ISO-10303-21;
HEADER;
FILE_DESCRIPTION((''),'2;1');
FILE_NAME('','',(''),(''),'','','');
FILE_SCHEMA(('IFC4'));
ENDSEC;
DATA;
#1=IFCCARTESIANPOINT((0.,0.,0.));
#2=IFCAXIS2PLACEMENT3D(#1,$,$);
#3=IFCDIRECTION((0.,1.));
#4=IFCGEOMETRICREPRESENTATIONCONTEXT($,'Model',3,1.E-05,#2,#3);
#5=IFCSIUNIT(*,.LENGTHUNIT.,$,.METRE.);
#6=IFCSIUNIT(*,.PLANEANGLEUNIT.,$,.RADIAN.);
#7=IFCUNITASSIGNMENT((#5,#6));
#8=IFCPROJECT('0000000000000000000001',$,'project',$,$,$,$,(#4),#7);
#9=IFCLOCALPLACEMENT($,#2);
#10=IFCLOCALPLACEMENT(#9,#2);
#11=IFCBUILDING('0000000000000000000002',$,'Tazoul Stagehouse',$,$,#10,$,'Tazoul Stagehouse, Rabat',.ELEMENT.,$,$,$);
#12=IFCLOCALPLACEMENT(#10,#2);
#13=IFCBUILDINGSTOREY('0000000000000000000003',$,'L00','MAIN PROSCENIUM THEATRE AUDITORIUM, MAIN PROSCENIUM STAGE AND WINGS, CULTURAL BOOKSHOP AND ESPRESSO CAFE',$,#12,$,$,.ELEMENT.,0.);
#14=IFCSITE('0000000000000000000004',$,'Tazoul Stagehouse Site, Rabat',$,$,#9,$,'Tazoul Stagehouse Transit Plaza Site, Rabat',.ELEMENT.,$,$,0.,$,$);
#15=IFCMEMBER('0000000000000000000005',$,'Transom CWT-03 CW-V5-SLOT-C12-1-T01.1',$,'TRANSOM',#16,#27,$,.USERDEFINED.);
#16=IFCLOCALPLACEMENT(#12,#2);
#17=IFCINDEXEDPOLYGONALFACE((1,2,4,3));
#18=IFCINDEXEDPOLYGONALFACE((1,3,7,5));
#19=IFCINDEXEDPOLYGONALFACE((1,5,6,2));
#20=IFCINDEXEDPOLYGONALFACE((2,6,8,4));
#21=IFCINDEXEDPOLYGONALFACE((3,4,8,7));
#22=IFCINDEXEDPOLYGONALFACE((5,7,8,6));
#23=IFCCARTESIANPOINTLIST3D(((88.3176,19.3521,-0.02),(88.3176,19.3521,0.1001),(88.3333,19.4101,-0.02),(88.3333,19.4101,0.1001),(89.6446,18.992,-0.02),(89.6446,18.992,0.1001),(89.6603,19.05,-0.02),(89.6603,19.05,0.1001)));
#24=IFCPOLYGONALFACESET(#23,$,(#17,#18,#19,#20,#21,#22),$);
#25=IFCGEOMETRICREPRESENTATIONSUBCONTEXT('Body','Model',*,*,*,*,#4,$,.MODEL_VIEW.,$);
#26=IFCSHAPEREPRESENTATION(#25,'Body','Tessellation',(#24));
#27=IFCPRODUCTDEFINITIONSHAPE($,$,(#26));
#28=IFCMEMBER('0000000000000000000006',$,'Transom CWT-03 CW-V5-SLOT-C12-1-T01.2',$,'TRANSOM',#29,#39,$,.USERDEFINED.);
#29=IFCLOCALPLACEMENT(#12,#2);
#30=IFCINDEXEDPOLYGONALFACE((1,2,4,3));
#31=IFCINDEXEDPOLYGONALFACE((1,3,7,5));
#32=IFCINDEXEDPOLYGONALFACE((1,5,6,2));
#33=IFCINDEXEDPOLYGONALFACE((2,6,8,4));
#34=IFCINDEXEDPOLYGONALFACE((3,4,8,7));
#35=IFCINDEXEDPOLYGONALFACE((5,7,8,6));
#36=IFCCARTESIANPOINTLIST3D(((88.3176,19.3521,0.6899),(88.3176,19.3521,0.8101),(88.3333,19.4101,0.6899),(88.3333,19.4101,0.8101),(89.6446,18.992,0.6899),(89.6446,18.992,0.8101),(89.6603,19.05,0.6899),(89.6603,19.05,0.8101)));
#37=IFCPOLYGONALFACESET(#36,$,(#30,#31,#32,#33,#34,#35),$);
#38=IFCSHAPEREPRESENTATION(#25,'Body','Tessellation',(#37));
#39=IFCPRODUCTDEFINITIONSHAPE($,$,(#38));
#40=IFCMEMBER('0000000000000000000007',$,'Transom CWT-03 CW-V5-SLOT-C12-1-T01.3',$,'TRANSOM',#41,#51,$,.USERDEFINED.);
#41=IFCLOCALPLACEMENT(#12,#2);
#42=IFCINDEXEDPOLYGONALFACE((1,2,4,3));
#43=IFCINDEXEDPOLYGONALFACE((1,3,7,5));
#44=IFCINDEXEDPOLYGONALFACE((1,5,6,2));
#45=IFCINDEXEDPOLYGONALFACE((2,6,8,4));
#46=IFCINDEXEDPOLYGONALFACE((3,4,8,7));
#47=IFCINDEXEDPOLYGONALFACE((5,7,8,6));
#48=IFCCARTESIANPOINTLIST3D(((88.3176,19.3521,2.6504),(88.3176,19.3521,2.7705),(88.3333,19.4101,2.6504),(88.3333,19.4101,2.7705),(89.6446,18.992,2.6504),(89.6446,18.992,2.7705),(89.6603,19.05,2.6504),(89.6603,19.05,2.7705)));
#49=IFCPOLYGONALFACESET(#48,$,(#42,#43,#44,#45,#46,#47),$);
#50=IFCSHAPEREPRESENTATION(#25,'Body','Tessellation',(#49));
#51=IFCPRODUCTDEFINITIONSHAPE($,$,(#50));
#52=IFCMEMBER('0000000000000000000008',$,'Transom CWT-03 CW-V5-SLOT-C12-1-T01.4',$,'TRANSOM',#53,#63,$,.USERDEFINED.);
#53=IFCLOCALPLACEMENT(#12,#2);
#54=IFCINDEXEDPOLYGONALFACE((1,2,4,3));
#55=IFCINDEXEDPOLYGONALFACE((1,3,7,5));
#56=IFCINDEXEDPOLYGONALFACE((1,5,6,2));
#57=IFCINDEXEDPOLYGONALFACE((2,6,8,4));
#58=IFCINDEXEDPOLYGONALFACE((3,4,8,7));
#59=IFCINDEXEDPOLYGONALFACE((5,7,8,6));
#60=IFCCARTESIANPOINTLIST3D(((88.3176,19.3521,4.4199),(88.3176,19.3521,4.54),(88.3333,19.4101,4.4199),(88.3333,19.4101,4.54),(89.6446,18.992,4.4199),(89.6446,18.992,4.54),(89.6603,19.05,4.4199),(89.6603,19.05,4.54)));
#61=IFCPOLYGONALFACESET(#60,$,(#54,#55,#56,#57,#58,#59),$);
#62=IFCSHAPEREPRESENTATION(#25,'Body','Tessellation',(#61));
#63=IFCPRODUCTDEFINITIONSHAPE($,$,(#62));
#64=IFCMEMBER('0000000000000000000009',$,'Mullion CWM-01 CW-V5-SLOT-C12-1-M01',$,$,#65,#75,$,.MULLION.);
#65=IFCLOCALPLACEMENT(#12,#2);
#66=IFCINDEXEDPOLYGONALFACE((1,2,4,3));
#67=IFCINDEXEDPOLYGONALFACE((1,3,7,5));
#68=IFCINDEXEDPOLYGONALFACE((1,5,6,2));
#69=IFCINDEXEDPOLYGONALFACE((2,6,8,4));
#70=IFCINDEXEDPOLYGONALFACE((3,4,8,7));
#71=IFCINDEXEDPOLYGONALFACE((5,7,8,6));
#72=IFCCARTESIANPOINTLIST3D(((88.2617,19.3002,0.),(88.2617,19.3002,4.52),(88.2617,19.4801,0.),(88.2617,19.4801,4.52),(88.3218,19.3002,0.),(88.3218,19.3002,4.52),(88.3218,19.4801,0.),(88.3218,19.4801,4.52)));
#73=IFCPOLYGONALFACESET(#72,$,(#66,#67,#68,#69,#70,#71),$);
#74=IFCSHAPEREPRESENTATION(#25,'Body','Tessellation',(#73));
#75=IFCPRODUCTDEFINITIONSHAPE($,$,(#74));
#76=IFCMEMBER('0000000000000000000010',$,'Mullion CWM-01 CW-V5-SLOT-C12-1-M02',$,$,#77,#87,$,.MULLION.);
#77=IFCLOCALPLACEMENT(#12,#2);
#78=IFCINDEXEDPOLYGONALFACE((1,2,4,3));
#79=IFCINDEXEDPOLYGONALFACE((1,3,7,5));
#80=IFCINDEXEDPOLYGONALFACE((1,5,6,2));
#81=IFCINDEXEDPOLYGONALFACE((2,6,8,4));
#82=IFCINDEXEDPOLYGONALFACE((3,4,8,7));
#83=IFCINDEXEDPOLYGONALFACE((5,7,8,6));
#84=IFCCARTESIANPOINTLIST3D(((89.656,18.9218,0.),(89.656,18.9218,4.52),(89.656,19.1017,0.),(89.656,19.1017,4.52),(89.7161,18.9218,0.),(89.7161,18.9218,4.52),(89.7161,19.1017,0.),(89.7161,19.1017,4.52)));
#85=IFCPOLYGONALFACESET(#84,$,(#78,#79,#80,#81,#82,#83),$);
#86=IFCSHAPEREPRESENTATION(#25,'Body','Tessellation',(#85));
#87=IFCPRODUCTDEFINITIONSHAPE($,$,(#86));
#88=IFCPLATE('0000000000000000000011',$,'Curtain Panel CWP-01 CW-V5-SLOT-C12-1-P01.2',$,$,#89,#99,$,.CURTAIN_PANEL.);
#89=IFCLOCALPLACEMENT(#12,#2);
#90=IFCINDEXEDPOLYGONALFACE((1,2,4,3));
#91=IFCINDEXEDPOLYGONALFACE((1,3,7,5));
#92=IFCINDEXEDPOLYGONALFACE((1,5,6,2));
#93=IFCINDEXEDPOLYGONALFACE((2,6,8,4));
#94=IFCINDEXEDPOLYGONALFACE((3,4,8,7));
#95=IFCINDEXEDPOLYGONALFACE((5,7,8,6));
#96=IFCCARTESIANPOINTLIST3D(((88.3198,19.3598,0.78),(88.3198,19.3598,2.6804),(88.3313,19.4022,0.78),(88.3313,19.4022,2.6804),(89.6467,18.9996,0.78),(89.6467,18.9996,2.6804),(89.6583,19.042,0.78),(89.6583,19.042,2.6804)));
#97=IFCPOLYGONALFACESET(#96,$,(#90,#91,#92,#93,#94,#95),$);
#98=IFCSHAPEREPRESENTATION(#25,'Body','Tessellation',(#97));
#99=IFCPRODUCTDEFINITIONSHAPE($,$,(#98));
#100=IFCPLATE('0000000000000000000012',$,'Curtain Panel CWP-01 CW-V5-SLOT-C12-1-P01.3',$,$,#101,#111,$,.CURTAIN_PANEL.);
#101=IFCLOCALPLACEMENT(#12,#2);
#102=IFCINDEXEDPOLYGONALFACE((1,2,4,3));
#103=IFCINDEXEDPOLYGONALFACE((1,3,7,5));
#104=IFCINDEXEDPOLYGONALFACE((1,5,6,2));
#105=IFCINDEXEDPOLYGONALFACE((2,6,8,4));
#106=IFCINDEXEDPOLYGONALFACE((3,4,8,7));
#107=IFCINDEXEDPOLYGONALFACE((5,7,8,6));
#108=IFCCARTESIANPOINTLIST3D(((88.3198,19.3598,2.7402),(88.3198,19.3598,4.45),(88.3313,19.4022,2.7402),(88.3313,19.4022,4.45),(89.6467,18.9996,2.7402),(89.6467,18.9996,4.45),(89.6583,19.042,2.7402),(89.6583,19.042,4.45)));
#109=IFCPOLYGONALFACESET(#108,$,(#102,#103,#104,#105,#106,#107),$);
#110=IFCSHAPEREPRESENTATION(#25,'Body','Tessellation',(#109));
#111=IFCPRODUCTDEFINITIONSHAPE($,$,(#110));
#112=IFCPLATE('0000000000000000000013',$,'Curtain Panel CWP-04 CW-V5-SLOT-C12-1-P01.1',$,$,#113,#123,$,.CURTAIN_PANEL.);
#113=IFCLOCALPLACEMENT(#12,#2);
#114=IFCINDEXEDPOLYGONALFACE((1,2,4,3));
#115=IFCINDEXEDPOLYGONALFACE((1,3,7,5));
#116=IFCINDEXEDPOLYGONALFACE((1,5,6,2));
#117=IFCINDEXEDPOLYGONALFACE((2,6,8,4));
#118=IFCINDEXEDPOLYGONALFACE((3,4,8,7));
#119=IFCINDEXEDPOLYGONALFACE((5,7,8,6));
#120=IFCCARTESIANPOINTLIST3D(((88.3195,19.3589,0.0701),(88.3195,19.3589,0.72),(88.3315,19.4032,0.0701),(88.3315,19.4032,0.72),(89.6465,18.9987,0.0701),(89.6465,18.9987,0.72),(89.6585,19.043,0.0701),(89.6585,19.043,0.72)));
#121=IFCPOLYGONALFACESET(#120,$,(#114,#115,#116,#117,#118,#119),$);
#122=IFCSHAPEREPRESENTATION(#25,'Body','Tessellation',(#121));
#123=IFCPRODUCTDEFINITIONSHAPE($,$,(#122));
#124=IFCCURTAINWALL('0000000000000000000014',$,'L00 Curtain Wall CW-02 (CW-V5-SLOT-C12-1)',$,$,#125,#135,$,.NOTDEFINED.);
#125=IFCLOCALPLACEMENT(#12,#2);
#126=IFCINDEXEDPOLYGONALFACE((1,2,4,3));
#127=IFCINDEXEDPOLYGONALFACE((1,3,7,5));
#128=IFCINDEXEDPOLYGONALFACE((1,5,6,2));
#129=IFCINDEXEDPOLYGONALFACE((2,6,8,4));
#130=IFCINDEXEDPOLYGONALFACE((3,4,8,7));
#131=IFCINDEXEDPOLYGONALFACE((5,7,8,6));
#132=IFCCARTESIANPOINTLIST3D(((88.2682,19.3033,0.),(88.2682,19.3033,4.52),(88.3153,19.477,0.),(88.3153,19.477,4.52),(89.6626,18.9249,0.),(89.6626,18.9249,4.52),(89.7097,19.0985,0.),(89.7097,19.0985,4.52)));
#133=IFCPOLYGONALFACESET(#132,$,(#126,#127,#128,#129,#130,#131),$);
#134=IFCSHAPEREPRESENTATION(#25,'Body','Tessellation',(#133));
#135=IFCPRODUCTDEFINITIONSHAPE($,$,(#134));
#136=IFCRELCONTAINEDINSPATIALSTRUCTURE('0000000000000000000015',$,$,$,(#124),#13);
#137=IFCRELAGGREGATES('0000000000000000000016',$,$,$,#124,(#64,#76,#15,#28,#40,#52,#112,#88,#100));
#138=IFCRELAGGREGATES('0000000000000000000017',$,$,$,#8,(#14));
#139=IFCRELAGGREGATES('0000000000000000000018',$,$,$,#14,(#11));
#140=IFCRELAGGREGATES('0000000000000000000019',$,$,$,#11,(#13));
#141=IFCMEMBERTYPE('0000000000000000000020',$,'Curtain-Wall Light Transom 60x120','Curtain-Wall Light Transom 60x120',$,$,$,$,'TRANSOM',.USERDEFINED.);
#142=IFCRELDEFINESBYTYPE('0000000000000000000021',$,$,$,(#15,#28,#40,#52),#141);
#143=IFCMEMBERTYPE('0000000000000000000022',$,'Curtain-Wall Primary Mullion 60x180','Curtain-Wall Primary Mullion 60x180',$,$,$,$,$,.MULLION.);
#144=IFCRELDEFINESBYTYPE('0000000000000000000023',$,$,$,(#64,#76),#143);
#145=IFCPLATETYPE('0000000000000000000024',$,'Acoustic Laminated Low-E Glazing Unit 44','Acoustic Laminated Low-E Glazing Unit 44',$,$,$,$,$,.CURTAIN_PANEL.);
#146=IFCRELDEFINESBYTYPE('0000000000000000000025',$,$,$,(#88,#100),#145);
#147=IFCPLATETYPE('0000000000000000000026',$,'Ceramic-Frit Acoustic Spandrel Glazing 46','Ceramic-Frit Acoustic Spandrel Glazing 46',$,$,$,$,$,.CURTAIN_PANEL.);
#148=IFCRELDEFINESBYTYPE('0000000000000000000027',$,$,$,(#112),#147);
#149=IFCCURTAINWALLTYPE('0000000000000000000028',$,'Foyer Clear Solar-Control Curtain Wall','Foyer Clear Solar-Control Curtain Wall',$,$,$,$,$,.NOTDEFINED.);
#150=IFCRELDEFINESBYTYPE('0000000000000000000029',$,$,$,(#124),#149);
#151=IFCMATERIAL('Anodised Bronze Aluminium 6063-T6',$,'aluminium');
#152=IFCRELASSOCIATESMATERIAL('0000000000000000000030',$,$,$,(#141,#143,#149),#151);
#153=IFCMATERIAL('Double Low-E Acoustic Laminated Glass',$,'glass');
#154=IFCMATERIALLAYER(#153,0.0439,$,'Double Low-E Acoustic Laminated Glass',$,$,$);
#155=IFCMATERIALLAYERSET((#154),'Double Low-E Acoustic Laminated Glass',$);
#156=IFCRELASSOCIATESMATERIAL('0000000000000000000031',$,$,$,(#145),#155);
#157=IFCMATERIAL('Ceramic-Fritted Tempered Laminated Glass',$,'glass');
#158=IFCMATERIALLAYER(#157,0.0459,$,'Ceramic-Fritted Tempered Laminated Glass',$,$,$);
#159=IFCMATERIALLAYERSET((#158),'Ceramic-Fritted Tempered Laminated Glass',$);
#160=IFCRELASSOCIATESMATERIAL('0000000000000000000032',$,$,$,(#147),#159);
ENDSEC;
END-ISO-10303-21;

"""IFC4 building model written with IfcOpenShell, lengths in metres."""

from ifc_helpers import new_model, si_unit, direction, frame, frame_2d, origin, origin_2d, place, context, subcontext, project, spatial, rectangle, extrude, material, layer, layer_set, material_profile, profile_set, type_object, element, aggregate, save


model = new_model("IFC4")

# Units and contexts
model_context = context("Model", 3, precision=1e-05, world=origin(), true_north=direction((0.0, 1.0)))
body_context = subcontext(model_context, "Body", "Model", "MODEL_VIEW")
ifc_project = project(units=[si_unit("LENGTHUNIT", "METRE"), si_unit("PLANEANGLEUNIT", "RADIAN")], contexts=[model_context])

# Site, building, storey
site_placement = place(None, origin())
site = spatial("IfcSite", under=ifc_project, at=site_placement, Name="Tazoul Stagehouse Site, Rabat", LongName="Tazoul Stagehouse Transit Plaza Site, Rabat", CompositionType="ELEMENT", RefElevation=0.0)
building_placement = place(site_placement, origin())
building = spatial("IfcBuilding", under=site, at=building_placement, Name="Tazoul Stagehouse", LongName="Tazoul Stagehouse, Rabat", CompositionType="ELEMENT")
storey_placement = place(building_placement, origin())
storey = spatial("IfcBuildingStorey", under=building, at=storey_placement, Name="L00", Description="MAIN PROSCENIUM THEATRE AUDITORIUM, MAIN PROSCENIUM STAGE AND WINGS, CULTURAL BOOKSHOP AND ESPRESSO CAFE", CompositionType="ELEMENT", Elevation=0.0)

# Members
ifc_material_1 = material(Name="Anodised Bronze Aluminium 6063-T6", Category="aluminium")
ifc_material_profile_1 = material_profile(ifc_material_1, rectangle(XDim=0.0601, YDim=0.1201, at=origin_2d()), Name="ALU TRANSOM 60x120")
ifc_profile_set_1 = profile_set([ifc_material_profile_1], Name="Anodised Bronze Aluminium 6063-T6")
member_type_1 = type_object("IfcMemberType", Name="Curtain-Wall Light Transom 60x120", Description="Curtain-Wall Light Transom 60x120", ElementType="TRANSOM", PredefinedType="USERDEFINED", material=ifc_profile_set_1)
member_1_placement = place(storey_placement, frame((88.3254, 19.3811, 0.04), z_axis=(0.965091, -0.261915, 0.0), x_axis=(0.261915, 0.965091, 0.0)))
member_1 = element("IfcMember", 1, at=member_1_placement, type_object=member_type_1, Name="Transom CWT-03 CW-V5-SLOT-C12-1-T01.1", ObjectType="TRANSOM", PredefinedType="USERDEFINED", context=body_context, shape_type="SweptSolid", body=[
    extrude(rectangle(XDim=0.0601, YDim=0.1201, at=origin_2d()), origin(), (0.0, 0.0, 1.0), 1.375),
])
member_2_placement = place(storey_placement, frame((88.3254, 19.3811, 0.75), z_axis=(0.965091, -0.261915, 0.0), x_axis=(0.261915, 0.965091, 0.0)))
member_2 = element("IfcMember", 2, at=member_2_placement, type_object=member_type_1, Name="Transom CWT-03 CW-V5-SLOT-C12-1-T01.2", ObjectType="TRANSOM", PredefinedType="USERDEFINED", context=body_context, shape_type="SweptSolid", body=[
    extrude(rectangle(XDim=0.0601, YDim=0.1201, at=origin_2d()), origin(), (0.0, 0.0, 1.0), 1.375),
])
member_3_placement = place(storey_placement, frame((88.3254, 19.3811, 2.7104), z_axis=(0.965091, -0.261915, 0.0), x_axis=(0.261915, 0.965091, 0.0)))
member_3 = element("IfcMember", 3, at=member_3_placement, type_object=member_type_1, Name="Transom CWT-03 CW-V5-SLOT-C12-1-T01.3", ObjectType="TRANSOM", PredefinedType="USERDEFINED", context=body_context, shape_type="SweptSolid", body=[
    extrude(rectangle(XDim=0.0601, YDim=0.1201, at=origin_2d()), origin(), (0.0, 0.0, 1.0), 1.375),
])
member_4_placement = place(storey_placement, frame((88.3254, 19.3811, 4.48), z_axis=(0.965091, -0.261915, 0.0), x_axis=(0.261915, 0.965091, 0.0)))
member_4 = element("IfcMember", 4, at=member_4_placement, type_object=member_type_1, Name="Transom CWT-03 CW-V5-SLOT-C12-1-T01.4", ObjectType="TRANSOM", PredefinedType="USERDEFINED", context=body_context, shape_type="SweptSolid", body=[
    extrude(rectangle(XDim=0.0601, YDim=0.1201, at=origin_2d()), origin(), (0.0, 0.0, 1.0), 1.375),
])
ifc_material_profile_2 = material_profile(ifc_material_1, rectangle(XDim=0.0601, YDim=0.1799, at=origin_2d()), Name="ALU MULLION 60x180")
ifc_profile_set_2 = profile_set([ifc_material_profile_2], Name="Anodised Bronze Aluminium 6063-T6")
member_type_2 = type_object("IfcMemberType", Name="Curtain-Wall Primary Mullion 60x180", Description="Curtain-Wall Primary Mullion 60x180", PredefinedType="MULLION", material=ifc_profile_set_2)
member_5_placement = place(storey_placement, frame((88.2917, 19.3901, 0.0), z_axis=(0.0, 0.0, 1.0), x_axis=(1.0, 0.0, 0.0)))
member_5 = element("IfcMember", 5, at=member_5_placement, type_object=member_type_2, Name="Mullion CWM-01 CW-V5-SLOT-C12-1-M01", PredefinedType="MULLION", context=body_context, shape_type="SweptSolid", body=[
    extrude(rectangle(XDim=0.0601, YDim=0.1799, at=origin_2d()), origin(), (0.0, 0.0, 1.0), 4.52),
])
member_6_placement = place(storey_placement, frame((89.686, 19.0117, 0.0), z_axis=(0.0, 0.0, 1.0), x_axis=(1.0, 0.0, 0.0)))
member_6 = element("IfcMember", 6, at=member_6_placement, type_object=member_type_2, Name="Mullion CWM-01 CW-V5-SLOT-C12-1-M02", PredefinedType="MULLION", context=body_context, shape_type="SweptSolid", body=[
    extrude(rectangle(XDim=0.0601, YDim=0.1799, at=origin_2d()), origin(), (0.0, 0.0, 1.0), 4.52),
])

# Plates
ifc_material_2 = material(Name="Double Low-E Acoustic Laminated Glass", Category="glass")
ifc_layer_1 = layer(ifc_material_2, 0.0439, Name="Double Low-E Acoustic Laminated Glass")
ifc_layer_set_1 = layer_set([ifc_layer_1], Name="Double Low-E Acoustic Laminated Glass")
plate_type_1 = type_object("IfcPlateType", Name="Acoustic Laminated Low-E Glazing Unit 44", Description="Acoustic Laminated Low-E Glazing Unit 44", PredefinedType="CURTAIN_PANEL", material=ifc_layer_set_1)
plate_1_placement = place(storey_placement, frame((88.989, 19.2009, 0.78), z_axis=(0.0, 0.0, 1.0), x_axis=(0.965078, -0.261963, 0.0)))
plate_1 = element("IfcPlate", 7, at=plate_1_placement, type_object=plate_type_1, Name="Curtain Panel CWP-01 CW-V5-SLOT-C12-1-P01.2", PredefinedType="CURTAIN_PANEL", context=body_context, shape_type="SweptSolid", body=[
    extrude(rectangle(XDim=1.375, YDim=0.0439, at=origin_2d()), origin(), (0.0, 0.0, 1.0), 1.9004),
])
plate_2_placement = place(storey_placement, frame((88.989, 19.2009, 2.7402), z_axis=(0.0, 0.0, 1.0), x_axis=(0.965078, -0.261963, 0.0)))
plate_2 = element("IfcPlate", 8, at=plate_2_placement, type_object=plate_type_1, Name="Curtain Panel CWP-01 CW-V5-SLOT-C12-1-P01.3", PredefinedType="CURTAIN_PANEL", context=body_context, shape_type="SweptSolid", body=[
    extrude(rectangle(XDim=1.375, YDim=0.0439, at=origin_2d()), origin(), (0.0, 0.0, 1.0), 1.7097),
])
ifc_material_3 = material(Name="Ceramic-Fritted Tempered Laminated Glass", Category="glass")
ifc_layer_2 = layer(ifc_material_3, 0.0459, Name="Ceramic-Fritted Tempered Laminated Glass")
ifc_layer_set_2 = layer_set([ifc_layer_2], Name="Ceramic-Fritted Tempered Laminated Glass")
plate_type_2 = type_object("IfcPlateType", Name="Ceramic-Frit Acoustic Spandrel Glazing 46", Description="Ceramic-Frit Acoustic Spandrel Glazing 46", PredefinedType="CURTAIN_PANEL", material=ifc_layer_set_2)
plate_3_placement = place(storey_placement, frame((88.989, 19.2009, 0.0701), z_axis=(0.0, 0.0, 1.0), x_axis=(0.965078, -0.261963, 0.0)))
plate_3 = element("IfcPlate", 9, at=plate_3_placement, type_object=plate_type_2, Name="Curtain Panel CWP-04 CW-V5-SLOT-C12-1-P01.1", PredefinedType="CURTAIN_PANEL", context=body_context, shape_type="SweptSolid", body=[
    extrude(rectangle(XDim=1.375, YDim=0.0459, at=origin_2d()), origin(), (0.0, 0.0, 1.0), 0.6499),
])

# Curtain wall
curtain_wall_type = type_object("IfcCurtainWallType", Name="Foyer Clear Solar-Control Curtain Wall", Description="Foyer Clear Solar-Control Curtain Wall", PredefinedType="NOTDEFINED", material=ifc_material_1)
curtain_wall_1_placement = place(storey_placement, frame((88.2917, 19.3901, 0.0), z_axis=(0.0, 0.0, 1.0), x_axis=(0.965087, -0.26193, 0.0)))
curtain_wall_1 = element("IfcCurtainWall", 10, at=curtain_wall_1_placement, inside=storey, type_object=curtain_wall_type, Name="L00 Curtain Wall CW-02 (CW-V5-SLOT-C12-1)", PredefinedType="NOTDEFINED", context=body_context, shape_type="SweptSolid", body=[
    extrude(rectangle(XDim=1.4448, YDim=0.1799, at=frame_2d((0.7224, 0.0))), origin(), (0.0, 0.0, 1.0), 4.52),
])
aggregate(curtain_wall_1, [member_5, member_6, member_1, member_2, member_3, member_4, plate_3, plate_1, plate_2])

save(model, "model.ifc")
